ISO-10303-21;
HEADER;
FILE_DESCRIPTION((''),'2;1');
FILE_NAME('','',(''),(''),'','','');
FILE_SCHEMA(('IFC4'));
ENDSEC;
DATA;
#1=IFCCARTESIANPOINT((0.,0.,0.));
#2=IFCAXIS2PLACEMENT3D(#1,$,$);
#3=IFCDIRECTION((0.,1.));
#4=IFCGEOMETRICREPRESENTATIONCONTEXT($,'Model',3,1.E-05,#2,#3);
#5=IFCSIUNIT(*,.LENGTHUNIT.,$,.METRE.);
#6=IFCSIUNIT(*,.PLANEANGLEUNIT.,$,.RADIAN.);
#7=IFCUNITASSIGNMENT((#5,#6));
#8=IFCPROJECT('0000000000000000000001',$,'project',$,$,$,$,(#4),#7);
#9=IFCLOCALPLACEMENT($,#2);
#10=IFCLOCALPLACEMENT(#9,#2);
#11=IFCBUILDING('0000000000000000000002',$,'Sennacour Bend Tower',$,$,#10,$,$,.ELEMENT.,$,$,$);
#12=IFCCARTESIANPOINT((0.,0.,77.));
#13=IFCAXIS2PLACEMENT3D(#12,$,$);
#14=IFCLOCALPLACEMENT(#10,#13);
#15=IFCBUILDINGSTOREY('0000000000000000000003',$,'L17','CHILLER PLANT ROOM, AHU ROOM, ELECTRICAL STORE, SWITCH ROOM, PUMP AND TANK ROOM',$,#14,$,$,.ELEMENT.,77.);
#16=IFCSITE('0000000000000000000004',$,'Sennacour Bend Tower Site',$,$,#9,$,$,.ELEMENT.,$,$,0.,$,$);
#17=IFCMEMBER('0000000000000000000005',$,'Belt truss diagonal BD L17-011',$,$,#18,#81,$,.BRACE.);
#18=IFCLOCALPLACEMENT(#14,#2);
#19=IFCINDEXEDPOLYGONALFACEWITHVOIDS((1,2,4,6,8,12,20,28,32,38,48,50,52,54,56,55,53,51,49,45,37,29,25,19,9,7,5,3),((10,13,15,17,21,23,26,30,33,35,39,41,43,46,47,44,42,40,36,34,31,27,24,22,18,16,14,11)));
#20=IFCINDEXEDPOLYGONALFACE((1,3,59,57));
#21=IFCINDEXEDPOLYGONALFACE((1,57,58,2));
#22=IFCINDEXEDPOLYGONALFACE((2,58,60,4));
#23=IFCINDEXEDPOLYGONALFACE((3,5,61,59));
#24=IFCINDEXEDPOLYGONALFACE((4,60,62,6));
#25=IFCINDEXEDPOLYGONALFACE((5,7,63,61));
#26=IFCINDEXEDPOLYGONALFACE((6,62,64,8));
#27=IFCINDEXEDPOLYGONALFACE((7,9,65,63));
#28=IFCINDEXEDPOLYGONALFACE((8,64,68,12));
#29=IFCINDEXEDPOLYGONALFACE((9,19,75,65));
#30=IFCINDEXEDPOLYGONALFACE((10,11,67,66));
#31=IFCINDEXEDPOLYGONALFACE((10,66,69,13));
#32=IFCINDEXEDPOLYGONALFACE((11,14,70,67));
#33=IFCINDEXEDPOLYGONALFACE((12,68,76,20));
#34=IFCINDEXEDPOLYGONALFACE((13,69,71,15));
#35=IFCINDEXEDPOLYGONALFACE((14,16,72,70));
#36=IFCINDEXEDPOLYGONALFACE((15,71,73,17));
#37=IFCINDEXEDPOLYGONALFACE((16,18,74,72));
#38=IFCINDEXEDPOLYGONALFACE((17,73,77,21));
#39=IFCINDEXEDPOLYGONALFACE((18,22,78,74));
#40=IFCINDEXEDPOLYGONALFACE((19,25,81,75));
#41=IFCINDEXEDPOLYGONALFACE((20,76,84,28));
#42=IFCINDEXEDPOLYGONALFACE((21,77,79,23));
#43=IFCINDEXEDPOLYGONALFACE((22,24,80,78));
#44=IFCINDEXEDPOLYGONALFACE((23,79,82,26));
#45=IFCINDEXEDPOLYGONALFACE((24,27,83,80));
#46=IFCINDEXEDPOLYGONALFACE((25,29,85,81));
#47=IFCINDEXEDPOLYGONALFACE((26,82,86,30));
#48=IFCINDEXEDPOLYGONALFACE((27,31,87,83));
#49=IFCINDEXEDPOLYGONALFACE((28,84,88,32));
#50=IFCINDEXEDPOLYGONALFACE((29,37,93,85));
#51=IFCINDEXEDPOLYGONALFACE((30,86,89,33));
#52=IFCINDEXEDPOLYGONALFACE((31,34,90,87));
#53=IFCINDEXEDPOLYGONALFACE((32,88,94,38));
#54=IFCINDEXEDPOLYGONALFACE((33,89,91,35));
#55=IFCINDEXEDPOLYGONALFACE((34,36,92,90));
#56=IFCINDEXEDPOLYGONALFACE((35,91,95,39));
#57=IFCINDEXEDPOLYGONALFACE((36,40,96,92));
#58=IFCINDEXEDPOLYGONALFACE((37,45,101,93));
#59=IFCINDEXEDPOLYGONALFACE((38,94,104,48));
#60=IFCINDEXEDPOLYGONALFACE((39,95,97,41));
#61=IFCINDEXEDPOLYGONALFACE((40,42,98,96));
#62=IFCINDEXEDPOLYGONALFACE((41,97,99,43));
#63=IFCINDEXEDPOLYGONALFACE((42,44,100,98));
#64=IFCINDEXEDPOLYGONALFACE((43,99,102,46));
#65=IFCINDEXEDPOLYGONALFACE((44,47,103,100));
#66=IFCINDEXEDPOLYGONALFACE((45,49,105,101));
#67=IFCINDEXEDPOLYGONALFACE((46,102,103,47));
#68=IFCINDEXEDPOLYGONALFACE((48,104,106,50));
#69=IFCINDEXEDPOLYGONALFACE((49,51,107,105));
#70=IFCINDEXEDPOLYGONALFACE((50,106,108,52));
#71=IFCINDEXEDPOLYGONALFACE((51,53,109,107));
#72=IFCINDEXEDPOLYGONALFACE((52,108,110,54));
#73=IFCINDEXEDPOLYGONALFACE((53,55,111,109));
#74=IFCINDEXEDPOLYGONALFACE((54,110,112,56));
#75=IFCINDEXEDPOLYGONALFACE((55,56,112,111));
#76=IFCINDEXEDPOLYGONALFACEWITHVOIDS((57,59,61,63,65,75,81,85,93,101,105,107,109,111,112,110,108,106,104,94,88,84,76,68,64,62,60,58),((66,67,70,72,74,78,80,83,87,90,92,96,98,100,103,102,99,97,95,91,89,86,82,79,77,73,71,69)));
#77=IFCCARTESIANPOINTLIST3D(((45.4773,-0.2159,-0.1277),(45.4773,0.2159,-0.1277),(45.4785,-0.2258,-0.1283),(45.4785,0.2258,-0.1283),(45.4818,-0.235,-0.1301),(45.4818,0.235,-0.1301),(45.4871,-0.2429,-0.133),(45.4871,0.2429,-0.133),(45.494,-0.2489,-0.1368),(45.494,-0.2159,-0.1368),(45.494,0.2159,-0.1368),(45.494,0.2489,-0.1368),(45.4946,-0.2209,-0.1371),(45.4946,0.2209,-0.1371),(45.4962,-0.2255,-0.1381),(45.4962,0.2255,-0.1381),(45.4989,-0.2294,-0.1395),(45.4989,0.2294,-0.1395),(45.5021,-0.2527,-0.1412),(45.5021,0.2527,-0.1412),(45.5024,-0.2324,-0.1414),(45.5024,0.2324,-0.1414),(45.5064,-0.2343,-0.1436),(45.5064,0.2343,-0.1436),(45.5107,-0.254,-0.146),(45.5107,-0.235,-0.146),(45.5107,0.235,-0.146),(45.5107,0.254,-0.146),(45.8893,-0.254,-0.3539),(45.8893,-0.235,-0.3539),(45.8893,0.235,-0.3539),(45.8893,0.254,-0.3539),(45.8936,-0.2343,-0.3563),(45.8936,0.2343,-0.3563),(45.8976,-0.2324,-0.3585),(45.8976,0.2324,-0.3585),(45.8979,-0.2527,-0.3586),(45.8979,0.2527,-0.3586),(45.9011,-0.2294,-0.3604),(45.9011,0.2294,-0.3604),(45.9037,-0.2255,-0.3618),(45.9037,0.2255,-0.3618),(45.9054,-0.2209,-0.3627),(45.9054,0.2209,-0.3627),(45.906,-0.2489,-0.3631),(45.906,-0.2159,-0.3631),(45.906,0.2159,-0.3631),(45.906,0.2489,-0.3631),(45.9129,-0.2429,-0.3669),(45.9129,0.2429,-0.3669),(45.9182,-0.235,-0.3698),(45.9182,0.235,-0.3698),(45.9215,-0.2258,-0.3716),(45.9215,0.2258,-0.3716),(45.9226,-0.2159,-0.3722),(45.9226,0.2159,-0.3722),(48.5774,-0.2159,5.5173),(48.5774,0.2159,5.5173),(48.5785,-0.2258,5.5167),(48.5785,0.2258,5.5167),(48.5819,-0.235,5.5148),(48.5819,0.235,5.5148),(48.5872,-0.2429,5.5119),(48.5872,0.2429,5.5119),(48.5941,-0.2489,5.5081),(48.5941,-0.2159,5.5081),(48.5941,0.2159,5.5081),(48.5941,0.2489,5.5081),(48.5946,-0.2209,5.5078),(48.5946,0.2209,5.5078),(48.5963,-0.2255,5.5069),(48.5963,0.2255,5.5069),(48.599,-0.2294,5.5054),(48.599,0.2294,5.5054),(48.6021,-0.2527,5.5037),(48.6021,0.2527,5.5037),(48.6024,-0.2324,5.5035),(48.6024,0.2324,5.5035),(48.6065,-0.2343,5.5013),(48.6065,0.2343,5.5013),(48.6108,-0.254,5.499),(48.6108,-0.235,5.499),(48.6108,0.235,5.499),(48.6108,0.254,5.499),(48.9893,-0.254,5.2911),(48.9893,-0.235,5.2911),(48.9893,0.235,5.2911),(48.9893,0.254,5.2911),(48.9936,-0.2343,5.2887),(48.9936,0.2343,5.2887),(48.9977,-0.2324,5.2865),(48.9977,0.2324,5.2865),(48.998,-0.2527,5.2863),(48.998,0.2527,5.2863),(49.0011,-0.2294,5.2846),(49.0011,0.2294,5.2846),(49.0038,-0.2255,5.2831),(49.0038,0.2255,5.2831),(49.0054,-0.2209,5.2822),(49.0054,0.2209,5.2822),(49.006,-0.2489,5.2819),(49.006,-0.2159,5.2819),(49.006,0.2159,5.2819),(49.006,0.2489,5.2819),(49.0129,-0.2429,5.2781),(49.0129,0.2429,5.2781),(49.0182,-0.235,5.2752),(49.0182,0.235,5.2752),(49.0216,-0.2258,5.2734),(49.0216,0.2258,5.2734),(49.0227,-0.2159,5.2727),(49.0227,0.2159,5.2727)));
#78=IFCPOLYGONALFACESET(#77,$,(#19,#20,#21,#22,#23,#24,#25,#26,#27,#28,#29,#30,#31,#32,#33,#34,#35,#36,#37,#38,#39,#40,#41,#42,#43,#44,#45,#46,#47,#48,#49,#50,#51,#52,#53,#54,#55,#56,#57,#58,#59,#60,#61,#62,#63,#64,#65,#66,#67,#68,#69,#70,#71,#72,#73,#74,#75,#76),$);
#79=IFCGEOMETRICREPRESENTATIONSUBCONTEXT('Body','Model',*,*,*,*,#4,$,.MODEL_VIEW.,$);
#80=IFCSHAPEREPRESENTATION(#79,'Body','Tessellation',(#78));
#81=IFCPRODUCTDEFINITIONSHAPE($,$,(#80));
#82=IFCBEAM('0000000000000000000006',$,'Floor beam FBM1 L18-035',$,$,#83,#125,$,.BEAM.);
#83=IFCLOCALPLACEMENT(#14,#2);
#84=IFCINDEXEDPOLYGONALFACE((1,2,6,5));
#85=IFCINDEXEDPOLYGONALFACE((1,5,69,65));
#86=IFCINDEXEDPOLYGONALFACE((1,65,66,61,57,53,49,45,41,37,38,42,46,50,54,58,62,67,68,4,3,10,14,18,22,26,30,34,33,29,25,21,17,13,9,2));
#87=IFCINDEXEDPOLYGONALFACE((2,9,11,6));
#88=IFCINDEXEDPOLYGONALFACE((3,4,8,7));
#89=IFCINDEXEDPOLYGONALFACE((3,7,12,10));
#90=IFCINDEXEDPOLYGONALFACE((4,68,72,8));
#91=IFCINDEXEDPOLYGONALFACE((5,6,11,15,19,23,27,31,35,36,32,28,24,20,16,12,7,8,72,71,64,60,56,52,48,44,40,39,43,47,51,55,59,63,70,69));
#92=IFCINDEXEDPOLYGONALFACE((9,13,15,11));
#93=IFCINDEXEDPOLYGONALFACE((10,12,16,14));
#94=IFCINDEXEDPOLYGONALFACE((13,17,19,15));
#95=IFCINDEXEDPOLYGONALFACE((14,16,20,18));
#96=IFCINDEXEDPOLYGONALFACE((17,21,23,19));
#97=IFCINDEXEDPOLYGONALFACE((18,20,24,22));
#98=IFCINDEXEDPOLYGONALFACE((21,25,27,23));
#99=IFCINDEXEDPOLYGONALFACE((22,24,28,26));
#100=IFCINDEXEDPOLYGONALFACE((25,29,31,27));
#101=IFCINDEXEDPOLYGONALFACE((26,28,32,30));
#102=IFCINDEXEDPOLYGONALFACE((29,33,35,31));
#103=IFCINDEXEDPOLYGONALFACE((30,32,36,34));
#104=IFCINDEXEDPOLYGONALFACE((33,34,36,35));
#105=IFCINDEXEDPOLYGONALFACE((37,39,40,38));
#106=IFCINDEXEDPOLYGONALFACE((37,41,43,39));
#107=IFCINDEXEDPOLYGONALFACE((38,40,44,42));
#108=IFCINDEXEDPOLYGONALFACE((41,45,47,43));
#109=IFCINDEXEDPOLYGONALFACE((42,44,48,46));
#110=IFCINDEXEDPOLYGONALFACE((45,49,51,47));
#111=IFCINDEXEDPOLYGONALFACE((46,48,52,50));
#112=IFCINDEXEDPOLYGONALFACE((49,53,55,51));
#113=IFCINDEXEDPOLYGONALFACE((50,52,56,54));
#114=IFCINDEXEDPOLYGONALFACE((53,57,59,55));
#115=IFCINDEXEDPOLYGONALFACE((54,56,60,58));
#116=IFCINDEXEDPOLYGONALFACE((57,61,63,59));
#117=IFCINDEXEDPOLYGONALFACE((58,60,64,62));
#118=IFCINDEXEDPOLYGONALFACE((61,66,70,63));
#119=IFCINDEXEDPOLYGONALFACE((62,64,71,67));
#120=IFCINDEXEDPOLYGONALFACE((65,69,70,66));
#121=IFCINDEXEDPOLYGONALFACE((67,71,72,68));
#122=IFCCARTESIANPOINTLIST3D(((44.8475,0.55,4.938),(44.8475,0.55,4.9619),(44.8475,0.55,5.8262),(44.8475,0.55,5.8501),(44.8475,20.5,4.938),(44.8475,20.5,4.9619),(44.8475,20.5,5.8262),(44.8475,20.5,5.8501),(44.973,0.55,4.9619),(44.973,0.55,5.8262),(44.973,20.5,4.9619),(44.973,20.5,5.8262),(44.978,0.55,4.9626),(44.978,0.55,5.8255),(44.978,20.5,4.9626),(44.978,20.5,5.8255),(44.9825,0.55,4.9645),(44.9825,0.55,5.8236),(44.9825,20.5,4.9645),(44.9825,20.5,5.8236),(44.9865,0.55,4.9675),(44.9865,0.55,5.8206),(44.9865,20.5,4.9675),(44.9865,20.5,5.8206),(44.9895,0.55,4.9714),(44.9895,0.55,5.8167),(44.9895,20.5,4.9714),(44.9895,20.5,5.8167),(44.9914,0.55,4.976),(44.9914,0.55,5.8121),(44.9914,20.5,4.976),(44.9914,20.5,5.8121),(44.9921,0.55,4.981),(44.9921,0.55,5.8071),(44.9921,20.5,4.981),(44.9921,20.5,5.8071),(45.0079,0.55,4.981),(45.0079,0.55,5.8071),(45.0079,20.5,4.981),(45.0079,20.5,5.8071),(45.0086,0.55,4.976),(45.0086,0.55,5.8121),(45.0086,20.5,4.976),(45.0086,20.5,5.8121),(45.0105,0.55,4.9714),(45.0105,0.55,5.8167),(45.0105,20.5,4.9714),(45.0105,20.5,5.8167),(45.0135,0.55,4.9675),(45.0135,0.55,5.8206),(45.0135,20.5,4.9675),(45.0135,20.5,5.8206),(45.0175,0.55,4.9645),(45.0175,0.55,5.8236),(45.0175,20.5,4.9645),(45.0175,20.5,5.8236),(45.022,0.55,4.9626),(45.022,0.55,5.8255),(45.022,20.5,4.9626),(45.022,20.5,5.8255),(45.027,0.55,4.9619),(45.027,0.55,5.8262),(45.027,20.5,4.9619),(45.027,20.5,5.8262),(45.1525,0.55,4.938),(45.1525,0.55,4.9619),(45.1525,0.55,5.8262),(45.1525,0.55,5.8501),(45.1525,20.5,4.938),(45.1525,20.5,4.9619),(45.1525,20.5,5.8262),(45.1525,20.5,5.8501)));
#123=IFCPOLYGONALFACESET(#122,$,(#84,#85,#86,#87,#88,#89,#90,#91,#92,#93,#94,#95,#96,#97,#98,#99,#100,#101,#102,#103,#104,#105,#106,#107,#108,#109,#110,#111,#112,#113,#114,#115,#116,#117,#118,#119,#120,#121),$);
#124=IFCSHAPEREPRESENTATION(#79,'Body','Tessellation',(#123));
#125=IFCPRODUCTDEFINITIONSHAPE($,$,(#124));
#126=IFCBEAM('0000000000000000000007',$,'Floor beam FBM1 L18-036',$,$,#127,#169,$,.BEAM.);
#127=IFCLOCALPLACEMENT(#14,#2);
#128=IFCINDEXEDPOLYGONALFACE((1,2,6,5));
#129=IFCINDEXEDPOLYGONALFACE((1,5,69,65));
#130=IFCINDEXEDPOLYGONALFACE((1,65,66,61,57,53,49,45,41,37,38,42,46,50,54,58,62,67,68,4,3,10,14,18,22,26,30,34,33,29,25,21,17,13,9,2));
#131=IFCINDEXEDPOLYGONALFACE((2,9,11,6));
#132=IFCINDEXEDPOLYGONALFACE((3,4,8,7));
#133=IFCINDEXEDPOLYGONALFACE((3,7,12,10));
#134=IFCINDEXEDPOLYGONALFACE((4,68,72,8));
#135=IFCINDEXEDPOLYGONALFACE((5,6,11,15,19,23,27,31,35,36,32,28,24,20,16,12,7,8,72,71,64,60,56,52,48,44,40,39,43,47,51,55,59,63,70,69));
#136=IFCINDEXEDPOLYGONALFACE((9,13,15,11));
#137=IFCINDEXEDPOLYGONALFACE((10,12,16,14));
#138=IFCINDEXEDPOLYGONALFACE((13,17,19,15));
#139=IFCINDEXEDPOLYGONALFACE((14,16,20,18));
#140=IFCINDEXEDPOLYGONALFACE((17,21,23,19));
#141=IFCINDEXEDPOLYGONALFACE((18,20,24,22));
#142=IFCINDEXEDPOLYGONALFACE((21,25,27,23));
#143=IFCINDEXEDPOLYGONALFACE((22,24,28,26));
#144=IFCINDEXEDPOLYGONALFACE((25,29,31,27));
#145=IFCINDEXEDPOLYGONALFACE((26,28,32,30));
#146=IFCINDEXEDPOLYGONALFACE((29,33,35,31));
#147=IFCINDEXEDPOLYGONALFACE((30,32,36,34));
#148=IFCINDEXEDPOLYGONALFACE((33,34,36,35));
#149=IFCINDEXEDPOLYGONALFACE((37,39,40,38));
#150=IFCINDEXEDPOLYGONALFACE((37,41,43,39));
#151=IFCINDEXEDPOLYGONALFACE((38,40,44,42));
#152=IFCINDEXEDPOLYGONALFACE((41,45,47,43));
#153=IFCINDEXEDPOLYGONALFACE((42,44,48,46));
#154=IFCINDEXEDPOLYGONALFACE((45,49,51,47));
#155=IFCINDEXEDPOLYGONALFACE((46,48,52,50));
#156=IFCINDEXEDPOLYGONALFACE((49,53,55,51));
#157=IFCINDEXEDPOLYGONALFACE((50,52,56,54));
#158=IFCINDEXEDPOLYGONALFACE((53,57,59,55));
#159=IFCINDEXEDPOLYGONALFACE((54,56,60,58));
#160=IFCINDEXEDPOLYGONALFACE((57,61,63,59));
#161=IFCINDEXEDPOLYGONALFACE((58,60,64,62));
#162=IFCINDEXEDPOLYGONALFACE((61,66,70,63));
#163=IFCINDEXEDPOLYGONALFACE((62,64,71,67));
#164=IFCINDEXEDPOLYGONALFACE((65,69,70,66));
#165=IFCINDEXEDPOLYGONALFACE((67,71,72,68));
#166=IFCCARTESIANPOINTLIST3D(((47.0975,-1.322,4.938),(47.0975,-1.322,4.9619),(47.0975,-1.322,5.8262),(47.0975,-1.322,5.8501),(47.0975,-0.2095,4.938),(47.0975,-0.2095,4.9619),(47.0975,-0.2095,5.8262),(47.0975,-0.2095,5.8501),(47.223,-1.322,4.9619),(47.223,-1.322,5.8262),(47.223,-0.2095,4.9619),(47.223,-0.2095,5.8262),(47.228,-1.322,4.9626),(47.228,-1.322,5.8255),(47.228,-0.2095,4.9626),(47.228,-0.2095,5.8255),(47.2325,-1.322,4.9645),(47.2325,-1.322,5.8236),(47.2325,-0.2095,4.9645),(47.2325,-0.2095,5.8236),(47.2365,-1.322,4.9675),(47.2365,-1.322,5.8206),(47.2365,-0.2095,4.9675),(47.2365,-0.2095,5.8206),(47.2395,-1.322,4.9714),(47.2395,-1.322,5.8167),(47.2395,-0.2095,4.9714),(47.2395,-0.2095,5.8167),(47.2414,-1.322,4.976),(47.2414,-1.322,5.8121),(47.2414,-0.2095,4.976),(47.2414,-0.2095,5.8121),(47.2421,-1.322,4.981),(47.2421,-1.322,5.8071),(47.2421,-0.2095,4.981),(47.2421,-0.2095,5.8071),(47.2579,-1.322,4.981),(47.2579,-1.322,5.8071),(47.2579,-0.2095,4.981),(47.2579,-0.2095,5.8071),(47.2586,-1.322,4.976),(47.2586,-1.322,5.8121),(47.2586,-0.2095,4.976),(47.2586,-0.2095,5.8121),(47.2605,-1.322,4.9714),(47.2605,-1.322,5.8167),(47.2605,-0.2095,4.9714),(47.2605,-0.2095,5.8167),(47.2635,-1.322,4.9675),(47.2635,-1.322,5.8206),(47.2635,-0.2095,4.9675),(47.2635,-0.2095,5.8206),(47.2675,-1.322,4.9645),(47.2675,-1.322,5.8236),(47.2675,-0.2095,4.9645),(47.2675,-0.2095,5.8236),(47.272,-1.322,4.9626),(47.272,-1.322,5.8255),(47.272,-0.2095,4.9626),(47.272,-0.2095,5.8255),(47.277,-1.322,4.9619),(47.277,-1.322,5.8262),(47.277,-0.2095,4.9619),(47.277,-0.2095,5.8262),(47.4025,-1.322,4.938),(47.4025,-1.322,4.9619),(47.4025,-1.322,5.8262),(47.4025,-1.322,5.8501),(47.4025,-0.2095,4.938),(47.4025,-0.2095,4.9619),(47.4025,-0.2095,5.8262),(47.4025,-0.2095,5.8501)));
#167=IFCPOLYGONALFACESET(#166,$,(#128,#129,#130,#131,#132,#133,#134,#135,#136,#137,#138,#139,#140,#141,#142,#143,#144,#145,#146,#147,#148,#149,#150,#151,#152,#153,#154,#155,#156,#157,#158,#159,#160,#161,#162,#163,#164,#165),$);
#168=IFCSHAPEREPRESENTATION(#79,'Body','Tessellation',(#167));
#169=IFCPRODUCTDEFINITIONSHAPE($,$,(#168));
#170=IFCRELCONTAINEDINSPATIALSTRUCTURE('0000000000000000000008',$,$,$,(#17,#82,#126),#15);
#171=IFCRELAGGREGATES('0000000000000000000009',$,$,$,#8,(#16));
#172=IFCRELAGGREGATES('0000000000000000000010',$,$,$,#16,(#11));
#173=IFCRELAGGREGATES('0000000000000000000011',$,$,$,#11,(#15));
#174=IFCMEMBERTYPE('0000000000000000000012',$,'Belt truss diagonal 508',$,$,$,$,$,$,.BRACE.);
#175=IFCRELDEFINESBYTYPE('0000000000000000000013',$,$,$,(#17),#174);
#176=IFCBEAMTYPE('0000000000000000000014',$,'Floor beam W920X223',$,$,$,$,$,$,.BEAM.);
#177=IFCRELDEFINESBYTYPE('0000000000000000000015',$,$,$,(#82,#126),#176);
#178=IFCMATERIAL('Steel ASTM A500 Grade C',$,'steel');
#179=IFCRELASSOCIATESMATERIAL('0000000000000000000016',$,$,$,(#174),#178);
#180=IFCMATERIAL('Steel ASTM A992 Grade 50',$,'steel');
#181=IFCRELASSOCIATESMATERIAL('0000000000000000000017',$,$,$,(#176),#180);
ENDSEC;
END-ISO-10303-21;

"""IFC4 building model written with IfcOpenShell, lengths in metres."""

from ifc_helpers import new_model, si_unit, direction, frame, origin, origin_2d, place, context, subcontext, project, spatial, hollow_rectangle, i_section, extrude, material, material_profile, profile_set, type_object, element, save


model = new_model("IFC4")

# Units and contexts
model_context = context("Model", 3, precision=1e-05, world=origin(), true_north=direction((0.0, 1.0)))
body_context = subcontext(model_context, "Body", "Model", "MODEL_VIEW")
ifc_project = project(units=[si_unit("LENGTHUNIT", "METRE"), si_unit("PLANEANGLEUNIT", "RADIAN")], contexts=[model_context])

# Site, building, storey
site_placement = place(None, origin())
site = spatial("IfcSite", under=ifc_project, at=site_placement, Name="Sennacour Bend Tower Site", CompositionType="ELEMENT", RefElevation=0.0)
building_placement = place(site_placement, origin())
building = spatial("IfcBuilding", under=site, at=building_placement, Name="Sennacour Bend Tower", CompositionType="ELEMENT")
storey_placement = place(building_placement, frame((0.0, 0.0, 77.0)))
storey = spatial("IfcBuildingStorey", under=building, at=storey_placement, Name="L17", Description="CHILLER PLANT ROOM, AHU ROOM, ELECTRICAL STORE, SWITCH ROOM, PUMP AND TANK ROOM", CompositionType="ELEMENT", Elevation=77.0)

# Member
ifc_material_1 = material(Name="Steel ASTM A992 Grade 50", Category="steel")
ifc_material_2 = material(Name="Steel ASTM A500 Grade C", Category="steel")
ifc_material_profile_1 = material_profile(ifc_material_2, hollow_rectangle(XDim=0.5081, YDim=0.5081, WallThickness=0.019, InnerFilletRadius=0.019, OuterFilletRadius=0.0381, at=origin_2d()), Name="Steel ASTM A500 Grade C", Category="steel")
ifc_profile_set_1 = profile_set([ifc_material_profile_1], Name="Steel ASTM A500 Grade C")
member_type_1 = type_object("IfcMemberType", Name="Belt truss diagonal 508", PredefinedType="BRACE", material=ifc_profile_set_1)
member_1_placement = place(storey_placement, frame((48.8, 0.0, 5.395), z_axis=(-0.481363, 0.0, -0.876521), x_axis=(0.0, -1.0, 0.0)))
element("IfcMember", 1, at=member_1_placement, inside=storey, type_object=member_type_1, Name="Belt truss diagonal BD L17-011", PredefinedType="BRACE", context=body_context, shape_type="SweptSolid", body=[
    extrude(hollow_rectangle(XDim=0.5081, YDim=0.5081, WallThickness=0.019, InnerFilletRadius=0.019, OuterFilletRadius=0.0381, at=origin_2d()), origin(), (0.0, 0.0, 1.0), 6.4402),
])

# Beams
ifc_material_profile_2 = material_profile(ifc_material_1, i_section(OverallWidth=0.3049, OverallDepth=0.9121, WebThickness=0.0159, FlangeThickness=0.0239, FilletRadius=0.019, at=origin_2d()), Name="Steel ASTM A992 Grade 50", Category="steel")
ifc_profile_set_2 = profile_set([ifc_material_profile_2], Name="Steel ASTM A992 Grade 50")
beam_type_1 = type_object("IfcBeamType", Name="Floor beam W920X223", PredefinedType="BEAM", material=ifc_profile_set_2)
beam_1_placement = place(storey_placement, frame((45.0, 0.55, 5.394), z_axis=(0.0, 1.0, 0.0), x_axis=(-1.0, 0.0, 0.0)))
element("IfcBeam", 2, at=beam_1_placement, inside=storey, type_object=beam_type_1, Name="Floor beam FBM1 L18-035", PredefinedType="BEAM", context=body_context, shape_type="SweptSolid", body=[
    extrude(i_section(OverallWidth=0.3049, OverallDepth=0.9121, WebThickness=0.0159, FlangeThickness=0.0239, FilletRadius=0.019, at=origin_2d()), origin(), (0.0, 0.0, 1.0), 19.95),
])
beam_2_placement = place(storey_placement, frame((47.25, -1.322, 5.394), z_axis=(0.0, 1.0, 0.0), x_axis=(-1.0, 0.0, 0.0)))
element("IfcBeam", 3, at=beam_2_placement, inside=storey, type_object=beam_type_1, Name="Floor beam FBM1 L18-036", PredefinedType="BEAM", context=body_context, shape_type="SweptSolid", body=[
    extrude(i_section(OverallWidth=0.3049, OverallDepth=0.9121, WebThickness=0.0159, FlangeThickness=0.0239, FilletRadius=0.019, at=origin_2d()), origin(), (0.0, 0.0, 1.0), 1.1125),
])

save(model, "model.ifc")
